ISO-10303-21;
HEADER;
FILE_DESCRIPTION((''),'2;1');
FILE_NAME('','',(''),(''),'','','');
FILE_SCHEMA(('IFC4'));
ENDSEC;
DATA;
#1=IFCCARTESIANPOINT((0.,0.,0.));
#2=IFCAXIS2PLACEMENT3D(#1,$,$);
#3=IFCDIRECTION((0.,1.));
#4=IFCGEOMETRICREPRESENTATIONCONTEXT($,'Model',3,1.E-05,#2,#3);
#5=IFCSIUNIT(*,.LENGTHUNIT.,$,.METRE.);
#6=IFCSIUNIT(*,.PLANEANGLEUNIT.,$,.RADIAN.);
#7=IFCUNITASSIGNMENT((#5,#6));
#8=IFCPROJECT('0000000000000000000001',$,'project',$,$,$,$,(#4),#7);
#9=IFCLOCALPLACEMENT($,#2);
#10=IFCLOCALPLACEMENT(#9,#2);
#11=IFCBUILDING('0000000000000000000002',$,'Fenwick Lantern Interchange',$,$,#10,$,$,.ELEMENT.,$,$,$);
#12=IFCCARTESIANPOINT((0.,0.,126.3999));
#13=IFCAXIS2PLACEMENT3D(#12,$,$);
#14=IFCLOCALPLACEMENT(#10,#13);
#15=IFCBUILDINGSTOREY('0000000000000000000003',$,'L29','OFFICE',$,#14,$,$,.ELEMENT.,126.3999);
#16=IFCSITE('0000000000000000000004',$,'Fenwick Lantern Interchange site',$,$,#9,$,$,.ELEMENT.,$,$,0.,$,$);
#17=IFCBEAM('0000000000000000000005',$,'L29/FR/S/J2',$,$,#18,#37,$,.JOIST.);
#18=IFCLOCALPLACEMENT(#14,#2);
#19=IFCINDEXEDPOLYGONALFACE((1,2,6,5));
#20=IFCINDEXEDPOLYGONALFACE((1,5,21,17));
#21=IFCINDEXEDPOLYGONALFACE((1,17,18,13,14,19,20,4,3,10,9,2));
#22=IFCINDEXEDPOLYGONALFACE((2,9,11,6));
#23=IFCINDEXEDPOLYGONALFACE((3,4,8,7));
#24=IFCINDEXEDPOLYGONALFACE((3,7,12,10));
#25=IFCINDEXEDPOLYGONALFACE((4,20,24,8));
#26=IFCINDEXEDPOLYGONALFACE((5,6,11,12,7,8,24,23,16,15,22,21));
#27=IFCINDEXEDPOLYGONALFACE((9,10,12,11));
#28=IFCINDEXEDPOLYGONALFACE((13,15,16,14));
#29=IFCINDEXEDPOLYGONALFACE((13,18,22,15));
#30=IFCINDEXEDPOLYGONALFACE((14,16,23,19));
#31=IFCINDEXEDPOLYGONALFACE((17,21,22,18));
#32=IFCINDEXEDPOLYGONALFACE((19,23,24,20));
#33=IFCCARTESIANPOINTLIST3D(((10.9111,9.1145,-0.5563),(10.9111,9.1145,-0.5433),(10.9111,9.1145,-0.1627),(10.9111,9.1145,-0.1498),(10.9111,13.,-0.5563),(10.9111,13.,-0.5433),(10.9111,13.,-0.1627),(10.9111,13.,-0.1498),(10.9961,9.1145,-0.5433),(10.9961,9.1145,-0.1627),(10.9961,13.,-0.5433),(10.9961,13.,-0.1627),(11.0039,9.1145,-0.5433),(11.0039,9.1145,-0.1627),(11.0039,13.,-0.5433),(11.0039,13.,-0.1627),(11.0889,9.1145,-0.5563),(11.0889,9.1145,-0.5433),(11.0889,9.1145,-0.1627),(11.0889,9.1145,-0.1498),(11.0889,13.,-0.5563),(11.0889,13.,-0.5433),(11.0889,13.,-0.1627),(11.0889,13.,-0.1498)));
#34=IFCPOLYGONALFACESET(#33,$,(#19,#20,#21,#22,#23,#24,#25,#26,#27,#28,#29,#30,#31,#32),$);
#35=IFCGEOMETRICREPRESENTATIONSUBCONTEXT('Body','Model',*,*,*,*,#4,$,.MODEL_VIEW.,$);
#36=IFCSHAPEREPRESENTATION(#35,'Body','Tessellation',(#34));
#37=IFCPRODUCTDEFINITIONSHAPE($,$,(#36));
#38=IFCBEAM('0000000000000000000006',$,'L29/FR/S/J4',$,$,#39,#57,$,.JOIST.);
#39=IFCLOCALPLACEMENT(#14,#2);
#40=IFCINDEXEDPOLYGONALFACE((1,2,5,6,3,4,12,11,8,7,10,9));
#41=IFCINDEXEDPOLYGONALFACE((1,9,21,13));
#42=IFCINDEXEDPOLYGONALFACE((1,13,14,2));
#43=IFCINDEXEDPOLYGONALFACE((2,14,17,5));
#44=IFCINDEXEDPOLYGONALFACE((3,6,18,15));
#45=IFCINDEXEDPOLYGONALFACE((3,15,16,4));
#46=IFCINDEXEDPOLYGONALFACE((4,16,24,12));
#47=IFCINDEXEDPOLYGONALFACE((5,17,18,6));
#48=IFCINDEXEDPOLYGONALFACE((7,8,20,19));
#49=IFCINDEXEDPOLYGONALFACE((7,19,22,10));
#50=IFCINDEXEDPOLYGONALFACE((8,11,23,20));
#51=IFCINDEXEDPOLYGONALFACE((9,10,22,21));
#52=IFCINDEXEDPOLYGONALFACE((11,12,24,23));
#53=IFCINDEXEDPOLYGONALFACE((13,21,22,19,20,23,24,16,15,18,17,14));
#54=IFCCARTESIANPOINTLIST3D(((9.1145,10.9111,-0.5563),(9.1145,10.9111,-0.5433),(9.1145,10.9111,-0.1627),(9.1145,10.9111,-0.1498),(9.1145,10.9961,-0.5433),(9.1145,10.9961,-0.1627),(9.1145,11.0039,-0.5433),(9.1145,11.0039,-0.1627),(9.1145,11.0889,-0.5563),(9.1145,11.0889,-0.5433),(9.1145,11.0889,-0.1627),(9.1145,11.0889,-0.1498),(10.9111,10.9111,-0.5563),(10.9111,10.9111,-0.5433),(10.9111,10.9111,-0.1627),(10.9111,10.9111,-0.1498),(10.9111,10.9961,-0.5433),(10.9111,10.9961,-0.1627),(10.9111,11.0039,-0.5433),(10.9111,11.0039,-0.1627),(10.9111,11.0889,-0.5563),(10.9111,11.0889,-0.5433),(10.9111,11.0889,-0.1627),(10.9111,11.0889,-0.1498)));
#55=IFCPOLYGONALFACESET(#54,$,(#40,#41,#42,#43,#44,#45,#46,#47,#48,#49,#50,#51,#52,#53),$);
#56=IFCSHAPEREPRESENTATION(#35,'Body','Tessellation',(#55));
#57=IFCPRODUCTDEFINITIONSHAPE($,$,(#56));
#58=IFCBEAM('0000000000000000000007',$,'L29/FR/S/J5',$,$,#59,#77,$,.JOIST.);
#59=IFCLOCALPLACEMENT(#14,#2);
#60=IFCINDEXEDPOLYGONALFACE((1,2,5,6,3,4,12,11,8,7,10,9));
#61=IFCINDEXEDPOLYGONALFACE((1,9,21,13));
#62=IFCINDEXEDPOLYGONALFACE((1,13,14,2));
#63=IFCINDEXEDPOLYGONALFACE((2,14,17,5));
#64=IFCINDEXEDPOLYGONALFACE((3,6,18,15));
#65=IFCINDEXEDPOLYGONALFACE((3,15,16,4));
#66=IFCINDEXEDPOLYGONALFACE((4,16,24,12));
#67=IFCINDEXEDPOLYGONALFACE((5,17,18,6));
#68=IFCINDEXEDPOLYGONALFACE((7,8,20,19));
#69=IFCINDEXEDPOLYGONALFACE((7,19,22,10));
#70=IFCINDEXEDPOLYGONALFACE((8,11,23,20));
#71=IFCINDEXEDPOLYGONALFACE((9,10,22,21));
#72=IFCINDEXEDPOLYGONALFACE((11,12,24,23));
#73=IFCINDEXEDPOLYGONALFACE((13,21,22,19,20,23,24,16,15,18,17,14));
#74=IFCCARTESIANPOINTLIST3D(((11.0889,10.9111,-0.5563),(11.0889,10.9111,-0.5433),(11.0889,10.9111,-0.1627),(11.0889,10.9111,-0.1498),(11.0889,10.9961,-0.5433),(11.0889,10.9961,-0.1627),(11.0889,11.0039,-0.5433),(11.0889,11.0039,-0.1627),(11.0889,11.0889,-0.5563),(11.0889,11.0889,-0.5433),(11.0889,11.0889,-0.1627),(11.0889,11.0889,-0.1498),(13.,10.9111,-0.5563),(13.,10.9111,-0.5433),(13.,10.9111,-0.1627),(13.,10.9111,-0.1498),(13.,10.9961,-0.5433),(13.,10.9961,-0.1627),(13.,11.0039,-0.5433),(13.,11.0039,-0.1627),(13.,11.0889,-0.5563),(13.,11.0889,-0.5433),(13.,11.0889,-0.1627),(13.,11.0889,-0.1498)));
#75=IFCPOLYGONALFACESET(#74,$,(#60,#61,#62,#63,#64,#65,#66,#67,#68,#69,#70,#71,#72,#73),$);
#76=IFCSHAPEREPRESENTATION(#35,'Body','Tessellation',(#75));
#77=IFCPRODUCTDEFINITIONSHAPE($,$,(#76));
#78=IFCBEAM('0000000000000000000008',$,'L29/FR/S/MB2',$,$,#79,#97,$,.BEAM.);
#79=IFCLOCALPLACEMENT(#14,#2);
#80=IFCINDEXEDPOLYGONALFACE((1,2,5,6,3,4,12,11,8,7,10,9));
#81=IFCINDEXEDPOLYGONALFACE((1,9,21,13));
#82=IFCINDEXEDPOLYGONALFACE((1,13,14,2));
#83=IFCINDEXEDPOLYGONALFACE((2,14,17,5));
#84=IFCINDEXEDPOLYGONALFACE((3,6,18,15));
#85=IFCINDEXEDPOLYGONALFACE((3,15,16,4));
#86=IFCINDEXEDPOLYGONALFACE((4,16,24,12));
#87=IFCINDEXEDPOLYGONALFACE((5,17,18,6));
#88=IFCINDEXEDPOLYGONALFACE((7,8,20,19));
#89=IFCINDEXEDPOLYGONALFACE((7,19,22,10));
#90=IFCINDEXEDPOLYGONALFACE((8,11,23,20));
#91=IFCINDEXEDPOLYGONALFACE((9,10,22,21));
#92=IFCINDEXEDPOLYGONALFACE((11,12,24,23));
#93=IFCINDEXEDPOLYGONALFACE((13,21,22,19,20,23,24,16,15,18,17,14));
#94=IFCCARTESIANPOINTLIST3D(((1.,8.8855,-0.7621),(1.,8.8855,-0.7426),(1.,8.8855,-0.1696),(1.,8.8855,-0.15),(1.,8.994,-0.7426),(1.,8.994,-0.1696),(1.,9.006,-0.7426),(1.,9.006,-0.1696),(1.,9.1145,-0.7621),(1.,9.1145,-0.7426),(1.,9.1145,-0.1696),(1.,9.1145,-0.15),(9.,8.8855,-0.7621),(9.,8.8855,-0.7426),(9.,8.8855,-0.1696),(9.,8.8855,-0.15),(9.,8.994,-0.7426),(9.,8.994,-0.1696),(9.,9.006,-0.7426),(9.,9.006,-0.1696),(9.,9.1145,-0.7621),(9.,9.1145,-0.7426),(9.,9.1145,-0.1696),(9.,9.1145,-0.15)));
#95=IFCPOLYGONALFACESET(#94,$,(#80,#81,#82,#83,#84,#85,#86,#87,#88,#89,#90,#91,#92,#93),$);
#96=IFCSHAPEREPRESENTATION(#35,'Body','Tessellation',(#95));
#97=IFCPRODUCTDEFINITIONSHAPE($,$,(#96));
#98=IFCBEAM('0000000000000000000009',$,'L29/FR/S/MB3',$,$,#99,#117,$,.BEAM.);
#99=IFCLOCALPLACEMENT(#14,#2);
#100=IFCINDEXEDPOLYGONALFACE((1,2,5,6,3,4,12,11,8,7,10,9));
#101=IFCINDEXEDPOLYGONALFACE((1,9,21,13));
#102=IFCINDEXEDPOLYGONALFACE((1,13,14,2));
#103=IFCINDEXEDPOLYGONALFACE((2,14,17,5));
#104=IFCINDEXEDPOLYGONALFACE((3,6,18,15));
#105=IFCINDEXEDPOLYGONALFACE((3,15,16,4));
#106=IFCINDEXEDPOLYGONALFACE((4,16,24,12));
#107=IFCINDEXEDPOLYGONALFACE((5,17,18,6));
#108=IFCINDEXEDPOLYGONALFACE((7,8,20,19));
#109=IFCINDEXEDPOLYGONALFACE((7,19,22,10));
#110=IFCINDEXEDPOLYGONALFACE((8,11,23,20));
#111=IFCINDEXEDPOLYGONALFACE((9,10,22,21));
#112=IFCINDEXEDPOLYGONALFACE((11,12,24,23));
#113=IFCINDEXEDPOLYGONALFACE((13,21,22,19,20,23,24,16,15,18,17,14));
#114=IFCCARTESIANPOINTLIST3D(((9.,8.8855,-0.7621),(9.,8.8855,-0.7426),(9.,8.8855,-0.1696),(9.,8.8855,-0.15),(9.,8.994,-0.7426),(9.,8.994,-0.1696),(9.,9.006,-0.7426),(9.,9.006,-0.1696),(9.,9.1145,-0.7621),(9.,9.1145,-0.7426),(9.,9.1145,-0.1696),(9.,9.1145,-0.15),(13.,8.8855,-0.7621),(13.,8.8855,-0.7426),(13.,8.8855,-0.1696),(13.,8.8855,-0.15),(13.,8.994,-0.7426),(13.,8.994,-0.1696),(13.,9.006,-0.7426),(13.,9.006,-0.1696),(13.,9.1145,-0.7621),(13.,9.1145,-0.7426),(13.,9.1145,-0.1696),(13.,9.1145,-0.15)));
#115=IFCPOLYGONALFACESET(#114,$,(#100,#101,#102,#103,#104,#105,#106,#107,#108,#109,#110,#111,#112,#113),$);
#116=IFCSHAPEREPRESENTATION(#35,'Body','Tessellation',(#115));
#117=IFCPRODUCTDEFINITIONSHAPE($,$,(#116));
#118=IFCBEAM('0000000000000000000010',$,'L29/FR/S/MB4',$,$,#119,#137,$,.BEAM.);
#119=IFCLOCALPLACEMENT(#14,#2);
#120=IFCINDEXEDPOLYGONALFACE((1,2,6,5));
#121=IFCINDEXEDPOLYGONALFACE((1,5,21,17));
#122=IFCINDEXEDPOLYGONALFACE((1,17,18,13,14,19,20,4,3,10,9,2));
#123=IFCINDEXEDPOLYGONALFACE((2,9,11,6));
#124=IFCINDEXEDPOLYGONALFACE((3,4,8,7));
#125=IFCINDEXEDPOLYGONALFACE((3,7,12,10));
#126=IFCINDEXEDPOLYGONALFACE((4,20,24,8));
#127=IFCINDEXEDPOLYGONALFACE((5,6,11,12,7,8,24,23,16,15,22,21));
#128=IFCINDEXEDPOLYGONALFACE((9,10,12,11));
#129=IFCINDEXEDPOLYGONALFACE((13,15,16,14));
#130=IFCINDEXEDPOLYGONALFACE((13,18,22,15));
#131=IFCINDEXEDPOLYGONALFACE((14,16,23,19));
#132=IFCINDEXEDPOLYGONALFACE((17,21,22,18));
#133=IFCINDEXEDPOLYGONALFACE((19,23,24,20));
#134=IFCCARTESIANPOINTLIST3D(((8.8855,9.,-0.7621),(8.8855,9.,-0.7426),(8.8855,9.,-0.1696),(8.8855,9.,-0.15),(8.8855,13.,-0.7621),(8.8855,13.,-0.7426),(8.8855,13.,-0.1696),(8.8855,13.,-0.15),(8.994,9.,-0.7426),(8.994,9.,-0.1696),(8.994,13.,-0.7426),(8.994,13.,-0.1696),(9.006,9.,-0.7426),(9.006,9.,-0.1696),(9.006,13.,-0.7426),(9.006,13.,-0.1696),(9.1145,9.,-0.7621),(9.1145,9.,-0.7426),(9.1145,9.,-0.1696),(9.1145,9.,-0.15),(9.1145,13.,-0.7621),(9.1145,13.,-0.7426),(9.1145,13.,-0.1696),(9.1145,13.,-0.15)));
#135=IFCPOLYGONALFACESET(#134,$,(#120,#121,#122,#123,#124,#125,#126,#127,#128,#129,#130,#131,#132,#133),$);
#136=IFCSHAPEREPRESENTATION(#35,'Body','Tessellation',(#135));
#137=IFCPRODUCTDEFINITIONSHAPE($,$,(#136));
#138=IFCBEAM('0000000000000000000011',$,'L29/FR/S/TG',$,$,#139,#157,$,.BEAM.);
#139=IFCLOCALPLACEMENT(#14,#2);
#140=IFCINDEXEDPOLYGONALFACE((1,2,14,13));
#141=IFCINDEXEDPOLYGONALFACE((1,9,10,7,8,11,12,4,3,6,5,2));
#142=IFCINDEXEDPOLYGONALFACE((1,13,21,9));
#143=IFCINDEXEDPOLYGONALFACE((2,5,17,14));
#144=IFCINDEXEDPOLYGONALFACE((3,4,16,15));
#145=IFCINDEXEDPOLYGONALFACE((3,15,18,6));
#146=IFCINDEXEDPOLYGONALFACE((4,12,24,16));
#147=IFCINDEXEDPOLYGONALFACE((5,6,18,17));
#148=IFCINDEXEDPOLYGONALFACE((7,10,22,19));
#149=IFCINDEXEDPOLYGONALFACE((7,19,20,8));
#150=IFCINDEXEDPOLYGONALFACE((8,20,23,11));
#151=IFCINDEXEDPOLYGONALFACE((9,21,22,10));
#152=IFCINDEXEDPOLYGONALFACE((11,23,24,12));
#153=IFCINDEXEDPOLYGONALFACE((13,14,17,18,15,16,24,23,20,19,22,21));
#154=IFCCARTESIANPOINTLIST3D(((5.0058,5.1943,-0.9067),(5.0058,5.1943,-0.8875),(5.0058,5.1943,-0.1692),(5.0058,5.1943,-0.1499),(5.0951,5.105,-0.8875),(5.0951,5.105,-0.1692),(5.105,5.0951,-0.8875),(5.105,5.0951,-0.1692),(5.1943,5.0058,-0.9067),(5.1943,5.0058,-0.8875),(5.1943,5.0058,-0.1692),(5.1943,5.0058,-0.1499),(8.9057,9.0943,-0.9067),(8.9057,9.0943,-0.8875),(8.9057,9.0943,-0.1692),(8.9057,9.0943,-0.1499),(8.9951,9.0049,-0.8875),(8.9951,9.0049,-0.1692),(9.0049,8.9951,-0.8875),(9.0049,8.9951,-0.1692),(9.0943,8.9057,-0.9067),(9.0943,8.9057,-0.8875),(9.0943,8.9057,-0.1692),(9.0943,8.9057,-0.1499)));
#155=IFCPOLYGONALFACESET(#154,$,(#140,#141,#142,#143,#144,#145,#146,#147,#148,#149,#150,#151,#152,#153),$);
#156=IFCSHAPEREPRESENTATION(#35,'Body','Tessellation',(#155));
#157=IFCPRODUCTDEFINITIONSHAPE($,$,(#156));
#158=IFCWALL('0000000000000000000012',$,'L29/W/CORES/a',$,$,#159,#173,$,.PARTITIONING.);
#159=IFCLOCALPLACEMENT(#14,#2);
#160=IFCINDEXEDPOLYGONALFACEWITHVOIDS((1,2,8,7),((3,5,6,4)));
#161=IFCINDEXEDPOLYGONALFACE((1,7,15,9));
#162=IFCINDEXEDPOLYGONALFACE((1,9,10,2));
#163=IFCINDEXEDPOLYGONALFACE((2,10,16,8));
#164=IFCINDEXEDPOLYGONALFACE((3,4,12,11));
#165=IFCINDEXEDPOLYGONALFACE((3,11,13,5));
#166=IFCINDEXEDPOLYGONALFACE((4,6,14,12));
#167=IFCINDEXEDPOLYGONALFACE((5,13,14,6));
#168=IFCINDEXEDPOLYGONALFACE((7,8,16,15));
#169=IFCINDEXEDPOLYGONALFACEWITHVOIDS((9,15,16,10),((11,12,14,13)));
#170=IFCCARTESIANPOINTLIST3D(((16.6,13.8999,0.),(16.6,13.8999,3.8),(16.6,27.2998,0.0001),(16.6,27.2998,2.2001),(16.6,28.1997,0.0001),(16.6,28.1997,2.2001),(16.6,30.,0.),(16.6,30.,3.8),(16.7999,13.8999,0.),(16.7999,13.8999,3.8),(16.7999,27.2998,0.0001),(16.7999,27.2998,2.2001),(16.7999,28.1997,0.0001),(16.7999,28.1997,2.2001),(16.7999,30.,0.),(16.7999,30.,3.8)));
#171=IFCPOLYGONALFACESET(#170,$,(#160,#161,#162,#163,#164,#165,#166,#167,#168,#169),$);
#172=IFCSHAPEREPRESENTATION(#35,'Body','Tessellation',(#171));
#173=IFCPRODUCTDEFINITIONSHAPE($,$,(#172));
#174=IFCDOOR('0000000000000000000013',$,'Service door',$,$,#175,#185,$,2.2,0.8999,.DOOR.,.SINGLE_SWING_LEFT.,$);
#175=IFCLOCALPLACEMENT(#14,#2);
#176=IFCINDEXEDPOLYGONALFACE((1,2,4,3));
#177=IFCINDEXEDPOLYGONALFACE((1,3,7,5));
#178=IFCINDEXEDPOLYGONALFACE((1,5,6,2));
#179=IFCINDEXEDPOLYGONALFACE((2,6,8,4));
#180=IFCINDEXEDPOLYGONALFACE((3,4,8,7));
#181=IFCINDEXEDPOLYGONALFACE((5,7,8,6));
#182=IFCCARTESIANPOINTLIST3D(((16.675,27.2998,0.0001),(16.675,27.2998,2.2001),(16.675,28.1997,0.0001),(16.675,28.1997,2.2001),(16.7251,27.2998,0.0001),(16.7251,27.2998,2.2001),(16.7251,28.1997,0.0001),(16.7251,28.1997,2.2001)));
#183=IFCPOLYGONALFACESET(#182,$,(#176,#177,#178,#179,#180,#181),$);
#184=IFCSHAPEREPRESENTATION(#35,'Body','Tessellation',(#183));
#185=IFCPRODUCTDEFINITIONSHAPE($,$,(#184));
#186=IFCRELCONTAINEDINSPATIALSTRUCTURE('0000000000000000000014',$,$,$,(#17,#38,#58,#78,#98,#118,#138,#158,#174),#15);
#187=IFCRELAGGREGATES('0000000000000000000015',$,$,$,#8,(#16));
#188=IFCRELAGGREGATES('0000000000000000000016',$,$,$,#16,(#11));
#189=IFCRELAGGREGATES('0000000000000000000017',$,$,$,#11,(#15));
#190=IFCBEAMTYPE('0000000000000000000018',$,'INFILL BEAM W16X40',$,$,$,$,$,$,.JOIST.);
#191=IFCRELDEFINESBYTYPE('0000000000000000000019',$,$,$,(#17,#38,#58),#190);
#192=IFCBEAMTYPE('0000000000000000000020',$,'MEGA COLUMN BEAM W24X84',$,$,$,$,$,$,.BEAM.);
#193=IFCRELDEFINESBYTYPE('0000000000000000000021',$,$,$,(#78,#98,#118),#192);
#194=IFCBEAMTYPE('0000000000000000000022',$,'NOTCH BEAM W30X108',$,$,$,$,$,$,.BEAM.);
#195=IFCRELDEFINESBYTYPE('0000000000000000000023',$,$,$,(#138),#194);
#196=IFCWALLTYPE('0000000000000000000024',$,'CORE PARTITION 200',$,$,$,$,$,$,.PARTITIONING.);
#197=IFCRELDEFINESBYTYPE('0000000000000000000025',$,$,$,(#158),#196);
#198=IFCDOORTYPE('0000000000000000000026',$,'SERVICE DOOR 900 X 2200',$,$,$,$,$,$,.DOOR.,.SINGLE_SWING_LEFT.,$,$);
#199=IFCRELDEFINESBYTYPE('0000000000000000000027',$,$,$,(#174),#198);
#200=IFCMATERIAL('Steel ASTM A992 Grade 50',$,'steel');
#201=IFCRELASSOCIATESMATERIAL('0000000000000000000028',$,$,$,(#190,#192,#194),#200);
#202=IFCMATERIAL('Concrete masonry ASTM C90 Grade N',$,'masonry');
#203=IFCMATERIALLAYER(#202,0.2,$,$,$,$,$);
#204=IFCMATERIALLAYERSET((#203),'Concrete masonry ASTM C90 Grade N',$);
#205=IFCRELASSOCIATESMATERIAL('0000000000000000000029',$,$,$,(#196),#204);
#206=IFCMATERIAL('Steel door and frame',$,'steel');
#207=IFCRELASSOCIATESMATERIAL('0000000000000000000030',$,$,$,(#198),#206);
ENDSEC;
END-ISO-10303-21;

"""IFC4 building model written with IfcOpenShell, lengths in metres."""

from ifc_helpers import new_model, si_unit, direction, frame, frame_2d, origin, origin_2d, place, context, subcontext, project, spatial, rectangle, i_section, extrude, material, layer, layer_set, material_profile, profile_set, type_object, element, fill, save


model = new_model("IFC4")

# Units and contexts
model_context = context("Model", 3, precision=1e-05, world=origin(), true_north=direction((0.0, 1.0)))
body_context = subcontext(model_context, "Body", "Model", "MODEL_VIEW")
ifc_project = project(units=[si_unit("LENGTHUNIT", "METRE"), si_unit("PLANEANGLEUNIT", "RADIAN")], contexts=[model_context])

# Site, building, storey
site_placement = place(None, origin())
site = spatial("IfcSite", under=ifc_project, at=site_placement, Name="Fenwick Lantern Interchange site", CompositionType="ELEMENT", RefElevation=0.0)
building_placement = place(site_placement, origin())
building = spatial("IfcBuilding", under=site, at=building_placement, Name="Fenwick Lantern Interchange", CompositionType="ELEMENT")
storey_placement = place(building_placement, frame((0.0, 0.0, 126.3999)))
storey = spatial("IfcBuildingStorey", under=building, at=storey_placement, Name="L29", Description="OFFICE", CompositionType="ELEMENT", Elevation=126.3999)

# Beams
ifc_material_1 = material(Name="Steel ASTM A992 Grade 50", Category="steel")
ifc_material_profile_1 = material_profile(ifc_material_1, i_section(OverallWidth=0.1777, OverallDepth=0.4065, WebThickness=0.0078, FlangeThickness=0.0129, at=origin_2d()), Name="W16X40")
ifc_profile_set_1 = profile_set([ifc_material_profile_1], Name="Steel ASTM A992 Grade 50")
beam_type_1 = type_object("IfcBeamType", Name="INFILL BEAM W16X40", PredefinedType="JOIST", material=ifc_profile_set_1)
beam_1_placement = place(storey_placement, frame((11.0, 9.1145, -0.353), z_axis=(0.0, 1.0, 0.0), x_axis=(-1.0, 0.0, 0.0)))
element("IfcBeam", 1, at=beam_1_placement, inside=storey, type_object=beam_type_1, Name="L29/FR/S/J2", PredefinedType="JOIST", context=body_context, shape_type="SweptSolid", body=[
    extrude(i_section(OverallWidth=0.1777, OverallDepth=0.4065, WebThickness=0.0078, FlangeThickness=0.0129, at=origin_2d()), origin(), (0.0, 0.0, 1.0), 3.8855),
])
beam_2_placement = place(storey_placement, frame((9.1145, 11.0, -0.353), z_axis=(1.0, 0.0, 0.0), x_axis=(0.0, 1.0, 0.0)))
element("IfcBeam", 2, at=beam_2_placement, inside=storey, type_object=beam_type_1, Name="L29/FR/S/J4", PredefinedType="JOIST", context=body_context, shape_type="SweptSolid", body=[
    extrude(i_section(OverallWidth=0.1777, OverallDepth=0.4065, WebThickness=0.0078, FlangeThickness=0.0129, at=origin_2d()), origin(), (0.0, 0.0, 1.0), 1.7966),
])
beam_3_placement = place(storey_placement, frame((11.0889, 11.0, -0.353), z_axis=(1.0, 0.0, 0.0), x_axis=(0.0, 1.0, 0.0)))
element("IfcBeam", 3, at=beam_3_placement, inside=storey, type_object=beam_type_1, Name="L29/FR/S/J5", PredefinedType="JOIST", context=body_context, shape_type="SweptSolid", body=[
    extrude(i_section(OverallWidth=0.1777, OverallDepth=0.4065, WebThickness=0.0078, FlangeThickness=0.0129, at=origin_2d()), origin(), (0.0, 0.0, 1.0), 1.9111),
])
ifc_material_profile_2 = material_profile(ifc_material_1, i_section(OverallWidth=0.229, OverallDepth=0.6121, WebThickness=0.012, FlangeThickness=0.0195, at=origin_2d()), Name="W24X84")
ifc_profile_set_2 = profile_set([ifc_material_profile_2], Name="Steel ASTM A992 Grade 50")
beam_type_2 = type_object("IfcBeamType", Name="MEGA COLUMN BEAM W24X84", PredefinedType="BEAM", material=ifc_profile_set_2)
beam_4_placement = place(storey_placement, frame((9.0, 9.0, -0.4561), z_axis=(-1.0, 0.0, 0.0), x_axis=(0.0, -1.0, 0.0)))
element("IfcBeam", 4, at=beam_4_placement, inside=storey, type_object=beam_type_2, Name="L29/FR/S/MB2", PredefinedType="BEAM", context=body_context, shape_type="SweptSolid", body=[
    extrude(i_section(OverallWidth=0.229, OverallDepth=0.6121, WebThickness=0.012, FlangeThickness=0.0195, at=origin_2d()), origin(), (0.0, 0.0, 1.0), 8.0),
])
for number, where, z_axis, x_axis, name in (
    (5, (9.0, 9.0, -0.4561), (1.0, 0.0, 0.0), (0.0, 1.0, 0.0), "L29/FR/S/MB3"),
    (6, (9.0, 9.0, -0.4561), (0.0, 1.0, 0.0), (-1.0, 0.0, 0.0), "L29/FR/S/MB4"),
):
    element("IfcBeam", number, at=place(storey_placement, frame(where, z_axis=z_axis, x_axis=x_axis)), inside=storey, type_object=beam_type_2, Name=name, PredefinedType="BEAM", context=body_context, shape_type="SweptSolid", body=[
        extrude(i_section(OverallWidth=0.229, OverallDepth=0.6121, WebThickness=0.012, FlangeThickness=0.0195, at=origin_2d()), origin(), (0.0, 0.0, 1.0), 4.0),
    ])
ifc_material_profile_3 = material_profile(ifc_material_1, i_section(OverallWidth=0.2666, OverallDepth=0.7568, WebThickness=0.0139, FlangeThickness=0.0193, at=origin_2d()), Name="W30X108")
ifc_profile_set_3 = profile_set([ifc_material_profile_3], Name="Steel ASTM A992 Grade 50")
beam_type_3 = type_object("IfcBeamType", Name="NOTCH BEAM W30X108", PredefinedType="BEAM", material=ifc_profile_set_3)
beam_5_placement = place(storey_placement, frame((9.0, 9.0, -0.5283), z_axis=(-0.707107, -0.707107, 0.0), x_axis=(0.707107, -0.707107, 0.0)))
element("IfcBeam", 7, at=beam_5_placement, inside=storey, type_object=beam_type_3, Name="L29/FR/S/TG", PredefinedType="BEAM", context=body_context, shape_type="SweptSolid", body=[
    extrude(i_section(OverallWidth=0.2666, OverallDepth=0.7568, WebThickness=0.0139, FlangeThickness=0.0193, at=origin_2d()), origin(), (0.0, 0.0, 1.0), 5.5154),
])

# Wall, opening, door
ifc_material_2 = material(Name="Concrete masonry ASTM C90 Grade N", Category="masonry")
ifc_layer_1 = layer(ifc_material_2, 0.2)
ifc_layer_set_1 = layer_set([ifc_layer_1], Name="Concrete masonry ASTM C90 Grade N")
wall_type_1 = type_object("IfcWallType", Name="CORE PARTITION 200", PredefinedType="PARTITIONING", material=ifc_layer_set_1)
wall_1_placement = place(storey_placement, frame((16.7, 13.8999, 0.0), z_axis=(0.0, 0.0, 1.0), x_axis=(0.0, 1.0, 0.0)))
wall_1 = element("IfcWall", 8, at=wall_1_placement, inside=storey, type_object=wall_type_1, Name="L29/W/CORES/a", PredefinedType="PARTITIONING", context=body_context, shape_type="SweptSolid", body=[
    extrude(rectangle(XDim=16.1001, YDim=0.2, at=frame_2d((8.05, 0.0))), origin(), (0.0, 0.0, 1.0), 3.8),
])
opening_1_placement = place(wall_1_placement, frame((13.3999, 0.0, 0.0)))
opening_1 = element("IfcOpeningElement", 9, at=opening_1_placement, cuts=wall_1, PredefinedType="OPENING", context=body_context, shape_type="SweptSolid", body=[
    extrude(rectangle(XDim=0.8999, YDim=2.2, at=frame_2d((0.45, 1.1001))), frame((0.0, 0.1099, 0.0), z_axis=(0.0, -1.0, 0.0), x_axis=(1.0, 0.0, 0.0)), (0.0, 0.0, 1.0), 0.22),
])
ifc_material_3 = material(Name="Steel door and frame", Category="steel")
door_type_1 = type_object("IfcDoorType", Name="SERVICE DOOR 900 X 2200", OperationType="SINGLE_SWING_LEFT", PredefinedType="DOOR", material=ifc_material_3)
door_1_placement = place(opening_1_placement, origin())
door_1 = element("IfcDoor", 10, at=door_1_placement, inside=storey, type_object=door_type_1, Name="Service door", OperationType="SINGLE_SWING_LEFT", OverallHeight=2.2, OverallWidth=0.8999, PredefinedType="DOOR", context=body_context, shape_type="SweptSolid", body=[
    extrude(rectangle(XDim=0.8999, YDim=2.2, at=frame_2d((0.45, 1.1001))), frame((0.0, 0.0249, 0.0), z_axis=(0.0, -1.0, 0.0), x_axis=(1.0, 0.0, 0.0)), (0.0, 0.0, 1.0), 0.05),
])
fill(opening_1, door_1)

save(model, "model.ifc")
